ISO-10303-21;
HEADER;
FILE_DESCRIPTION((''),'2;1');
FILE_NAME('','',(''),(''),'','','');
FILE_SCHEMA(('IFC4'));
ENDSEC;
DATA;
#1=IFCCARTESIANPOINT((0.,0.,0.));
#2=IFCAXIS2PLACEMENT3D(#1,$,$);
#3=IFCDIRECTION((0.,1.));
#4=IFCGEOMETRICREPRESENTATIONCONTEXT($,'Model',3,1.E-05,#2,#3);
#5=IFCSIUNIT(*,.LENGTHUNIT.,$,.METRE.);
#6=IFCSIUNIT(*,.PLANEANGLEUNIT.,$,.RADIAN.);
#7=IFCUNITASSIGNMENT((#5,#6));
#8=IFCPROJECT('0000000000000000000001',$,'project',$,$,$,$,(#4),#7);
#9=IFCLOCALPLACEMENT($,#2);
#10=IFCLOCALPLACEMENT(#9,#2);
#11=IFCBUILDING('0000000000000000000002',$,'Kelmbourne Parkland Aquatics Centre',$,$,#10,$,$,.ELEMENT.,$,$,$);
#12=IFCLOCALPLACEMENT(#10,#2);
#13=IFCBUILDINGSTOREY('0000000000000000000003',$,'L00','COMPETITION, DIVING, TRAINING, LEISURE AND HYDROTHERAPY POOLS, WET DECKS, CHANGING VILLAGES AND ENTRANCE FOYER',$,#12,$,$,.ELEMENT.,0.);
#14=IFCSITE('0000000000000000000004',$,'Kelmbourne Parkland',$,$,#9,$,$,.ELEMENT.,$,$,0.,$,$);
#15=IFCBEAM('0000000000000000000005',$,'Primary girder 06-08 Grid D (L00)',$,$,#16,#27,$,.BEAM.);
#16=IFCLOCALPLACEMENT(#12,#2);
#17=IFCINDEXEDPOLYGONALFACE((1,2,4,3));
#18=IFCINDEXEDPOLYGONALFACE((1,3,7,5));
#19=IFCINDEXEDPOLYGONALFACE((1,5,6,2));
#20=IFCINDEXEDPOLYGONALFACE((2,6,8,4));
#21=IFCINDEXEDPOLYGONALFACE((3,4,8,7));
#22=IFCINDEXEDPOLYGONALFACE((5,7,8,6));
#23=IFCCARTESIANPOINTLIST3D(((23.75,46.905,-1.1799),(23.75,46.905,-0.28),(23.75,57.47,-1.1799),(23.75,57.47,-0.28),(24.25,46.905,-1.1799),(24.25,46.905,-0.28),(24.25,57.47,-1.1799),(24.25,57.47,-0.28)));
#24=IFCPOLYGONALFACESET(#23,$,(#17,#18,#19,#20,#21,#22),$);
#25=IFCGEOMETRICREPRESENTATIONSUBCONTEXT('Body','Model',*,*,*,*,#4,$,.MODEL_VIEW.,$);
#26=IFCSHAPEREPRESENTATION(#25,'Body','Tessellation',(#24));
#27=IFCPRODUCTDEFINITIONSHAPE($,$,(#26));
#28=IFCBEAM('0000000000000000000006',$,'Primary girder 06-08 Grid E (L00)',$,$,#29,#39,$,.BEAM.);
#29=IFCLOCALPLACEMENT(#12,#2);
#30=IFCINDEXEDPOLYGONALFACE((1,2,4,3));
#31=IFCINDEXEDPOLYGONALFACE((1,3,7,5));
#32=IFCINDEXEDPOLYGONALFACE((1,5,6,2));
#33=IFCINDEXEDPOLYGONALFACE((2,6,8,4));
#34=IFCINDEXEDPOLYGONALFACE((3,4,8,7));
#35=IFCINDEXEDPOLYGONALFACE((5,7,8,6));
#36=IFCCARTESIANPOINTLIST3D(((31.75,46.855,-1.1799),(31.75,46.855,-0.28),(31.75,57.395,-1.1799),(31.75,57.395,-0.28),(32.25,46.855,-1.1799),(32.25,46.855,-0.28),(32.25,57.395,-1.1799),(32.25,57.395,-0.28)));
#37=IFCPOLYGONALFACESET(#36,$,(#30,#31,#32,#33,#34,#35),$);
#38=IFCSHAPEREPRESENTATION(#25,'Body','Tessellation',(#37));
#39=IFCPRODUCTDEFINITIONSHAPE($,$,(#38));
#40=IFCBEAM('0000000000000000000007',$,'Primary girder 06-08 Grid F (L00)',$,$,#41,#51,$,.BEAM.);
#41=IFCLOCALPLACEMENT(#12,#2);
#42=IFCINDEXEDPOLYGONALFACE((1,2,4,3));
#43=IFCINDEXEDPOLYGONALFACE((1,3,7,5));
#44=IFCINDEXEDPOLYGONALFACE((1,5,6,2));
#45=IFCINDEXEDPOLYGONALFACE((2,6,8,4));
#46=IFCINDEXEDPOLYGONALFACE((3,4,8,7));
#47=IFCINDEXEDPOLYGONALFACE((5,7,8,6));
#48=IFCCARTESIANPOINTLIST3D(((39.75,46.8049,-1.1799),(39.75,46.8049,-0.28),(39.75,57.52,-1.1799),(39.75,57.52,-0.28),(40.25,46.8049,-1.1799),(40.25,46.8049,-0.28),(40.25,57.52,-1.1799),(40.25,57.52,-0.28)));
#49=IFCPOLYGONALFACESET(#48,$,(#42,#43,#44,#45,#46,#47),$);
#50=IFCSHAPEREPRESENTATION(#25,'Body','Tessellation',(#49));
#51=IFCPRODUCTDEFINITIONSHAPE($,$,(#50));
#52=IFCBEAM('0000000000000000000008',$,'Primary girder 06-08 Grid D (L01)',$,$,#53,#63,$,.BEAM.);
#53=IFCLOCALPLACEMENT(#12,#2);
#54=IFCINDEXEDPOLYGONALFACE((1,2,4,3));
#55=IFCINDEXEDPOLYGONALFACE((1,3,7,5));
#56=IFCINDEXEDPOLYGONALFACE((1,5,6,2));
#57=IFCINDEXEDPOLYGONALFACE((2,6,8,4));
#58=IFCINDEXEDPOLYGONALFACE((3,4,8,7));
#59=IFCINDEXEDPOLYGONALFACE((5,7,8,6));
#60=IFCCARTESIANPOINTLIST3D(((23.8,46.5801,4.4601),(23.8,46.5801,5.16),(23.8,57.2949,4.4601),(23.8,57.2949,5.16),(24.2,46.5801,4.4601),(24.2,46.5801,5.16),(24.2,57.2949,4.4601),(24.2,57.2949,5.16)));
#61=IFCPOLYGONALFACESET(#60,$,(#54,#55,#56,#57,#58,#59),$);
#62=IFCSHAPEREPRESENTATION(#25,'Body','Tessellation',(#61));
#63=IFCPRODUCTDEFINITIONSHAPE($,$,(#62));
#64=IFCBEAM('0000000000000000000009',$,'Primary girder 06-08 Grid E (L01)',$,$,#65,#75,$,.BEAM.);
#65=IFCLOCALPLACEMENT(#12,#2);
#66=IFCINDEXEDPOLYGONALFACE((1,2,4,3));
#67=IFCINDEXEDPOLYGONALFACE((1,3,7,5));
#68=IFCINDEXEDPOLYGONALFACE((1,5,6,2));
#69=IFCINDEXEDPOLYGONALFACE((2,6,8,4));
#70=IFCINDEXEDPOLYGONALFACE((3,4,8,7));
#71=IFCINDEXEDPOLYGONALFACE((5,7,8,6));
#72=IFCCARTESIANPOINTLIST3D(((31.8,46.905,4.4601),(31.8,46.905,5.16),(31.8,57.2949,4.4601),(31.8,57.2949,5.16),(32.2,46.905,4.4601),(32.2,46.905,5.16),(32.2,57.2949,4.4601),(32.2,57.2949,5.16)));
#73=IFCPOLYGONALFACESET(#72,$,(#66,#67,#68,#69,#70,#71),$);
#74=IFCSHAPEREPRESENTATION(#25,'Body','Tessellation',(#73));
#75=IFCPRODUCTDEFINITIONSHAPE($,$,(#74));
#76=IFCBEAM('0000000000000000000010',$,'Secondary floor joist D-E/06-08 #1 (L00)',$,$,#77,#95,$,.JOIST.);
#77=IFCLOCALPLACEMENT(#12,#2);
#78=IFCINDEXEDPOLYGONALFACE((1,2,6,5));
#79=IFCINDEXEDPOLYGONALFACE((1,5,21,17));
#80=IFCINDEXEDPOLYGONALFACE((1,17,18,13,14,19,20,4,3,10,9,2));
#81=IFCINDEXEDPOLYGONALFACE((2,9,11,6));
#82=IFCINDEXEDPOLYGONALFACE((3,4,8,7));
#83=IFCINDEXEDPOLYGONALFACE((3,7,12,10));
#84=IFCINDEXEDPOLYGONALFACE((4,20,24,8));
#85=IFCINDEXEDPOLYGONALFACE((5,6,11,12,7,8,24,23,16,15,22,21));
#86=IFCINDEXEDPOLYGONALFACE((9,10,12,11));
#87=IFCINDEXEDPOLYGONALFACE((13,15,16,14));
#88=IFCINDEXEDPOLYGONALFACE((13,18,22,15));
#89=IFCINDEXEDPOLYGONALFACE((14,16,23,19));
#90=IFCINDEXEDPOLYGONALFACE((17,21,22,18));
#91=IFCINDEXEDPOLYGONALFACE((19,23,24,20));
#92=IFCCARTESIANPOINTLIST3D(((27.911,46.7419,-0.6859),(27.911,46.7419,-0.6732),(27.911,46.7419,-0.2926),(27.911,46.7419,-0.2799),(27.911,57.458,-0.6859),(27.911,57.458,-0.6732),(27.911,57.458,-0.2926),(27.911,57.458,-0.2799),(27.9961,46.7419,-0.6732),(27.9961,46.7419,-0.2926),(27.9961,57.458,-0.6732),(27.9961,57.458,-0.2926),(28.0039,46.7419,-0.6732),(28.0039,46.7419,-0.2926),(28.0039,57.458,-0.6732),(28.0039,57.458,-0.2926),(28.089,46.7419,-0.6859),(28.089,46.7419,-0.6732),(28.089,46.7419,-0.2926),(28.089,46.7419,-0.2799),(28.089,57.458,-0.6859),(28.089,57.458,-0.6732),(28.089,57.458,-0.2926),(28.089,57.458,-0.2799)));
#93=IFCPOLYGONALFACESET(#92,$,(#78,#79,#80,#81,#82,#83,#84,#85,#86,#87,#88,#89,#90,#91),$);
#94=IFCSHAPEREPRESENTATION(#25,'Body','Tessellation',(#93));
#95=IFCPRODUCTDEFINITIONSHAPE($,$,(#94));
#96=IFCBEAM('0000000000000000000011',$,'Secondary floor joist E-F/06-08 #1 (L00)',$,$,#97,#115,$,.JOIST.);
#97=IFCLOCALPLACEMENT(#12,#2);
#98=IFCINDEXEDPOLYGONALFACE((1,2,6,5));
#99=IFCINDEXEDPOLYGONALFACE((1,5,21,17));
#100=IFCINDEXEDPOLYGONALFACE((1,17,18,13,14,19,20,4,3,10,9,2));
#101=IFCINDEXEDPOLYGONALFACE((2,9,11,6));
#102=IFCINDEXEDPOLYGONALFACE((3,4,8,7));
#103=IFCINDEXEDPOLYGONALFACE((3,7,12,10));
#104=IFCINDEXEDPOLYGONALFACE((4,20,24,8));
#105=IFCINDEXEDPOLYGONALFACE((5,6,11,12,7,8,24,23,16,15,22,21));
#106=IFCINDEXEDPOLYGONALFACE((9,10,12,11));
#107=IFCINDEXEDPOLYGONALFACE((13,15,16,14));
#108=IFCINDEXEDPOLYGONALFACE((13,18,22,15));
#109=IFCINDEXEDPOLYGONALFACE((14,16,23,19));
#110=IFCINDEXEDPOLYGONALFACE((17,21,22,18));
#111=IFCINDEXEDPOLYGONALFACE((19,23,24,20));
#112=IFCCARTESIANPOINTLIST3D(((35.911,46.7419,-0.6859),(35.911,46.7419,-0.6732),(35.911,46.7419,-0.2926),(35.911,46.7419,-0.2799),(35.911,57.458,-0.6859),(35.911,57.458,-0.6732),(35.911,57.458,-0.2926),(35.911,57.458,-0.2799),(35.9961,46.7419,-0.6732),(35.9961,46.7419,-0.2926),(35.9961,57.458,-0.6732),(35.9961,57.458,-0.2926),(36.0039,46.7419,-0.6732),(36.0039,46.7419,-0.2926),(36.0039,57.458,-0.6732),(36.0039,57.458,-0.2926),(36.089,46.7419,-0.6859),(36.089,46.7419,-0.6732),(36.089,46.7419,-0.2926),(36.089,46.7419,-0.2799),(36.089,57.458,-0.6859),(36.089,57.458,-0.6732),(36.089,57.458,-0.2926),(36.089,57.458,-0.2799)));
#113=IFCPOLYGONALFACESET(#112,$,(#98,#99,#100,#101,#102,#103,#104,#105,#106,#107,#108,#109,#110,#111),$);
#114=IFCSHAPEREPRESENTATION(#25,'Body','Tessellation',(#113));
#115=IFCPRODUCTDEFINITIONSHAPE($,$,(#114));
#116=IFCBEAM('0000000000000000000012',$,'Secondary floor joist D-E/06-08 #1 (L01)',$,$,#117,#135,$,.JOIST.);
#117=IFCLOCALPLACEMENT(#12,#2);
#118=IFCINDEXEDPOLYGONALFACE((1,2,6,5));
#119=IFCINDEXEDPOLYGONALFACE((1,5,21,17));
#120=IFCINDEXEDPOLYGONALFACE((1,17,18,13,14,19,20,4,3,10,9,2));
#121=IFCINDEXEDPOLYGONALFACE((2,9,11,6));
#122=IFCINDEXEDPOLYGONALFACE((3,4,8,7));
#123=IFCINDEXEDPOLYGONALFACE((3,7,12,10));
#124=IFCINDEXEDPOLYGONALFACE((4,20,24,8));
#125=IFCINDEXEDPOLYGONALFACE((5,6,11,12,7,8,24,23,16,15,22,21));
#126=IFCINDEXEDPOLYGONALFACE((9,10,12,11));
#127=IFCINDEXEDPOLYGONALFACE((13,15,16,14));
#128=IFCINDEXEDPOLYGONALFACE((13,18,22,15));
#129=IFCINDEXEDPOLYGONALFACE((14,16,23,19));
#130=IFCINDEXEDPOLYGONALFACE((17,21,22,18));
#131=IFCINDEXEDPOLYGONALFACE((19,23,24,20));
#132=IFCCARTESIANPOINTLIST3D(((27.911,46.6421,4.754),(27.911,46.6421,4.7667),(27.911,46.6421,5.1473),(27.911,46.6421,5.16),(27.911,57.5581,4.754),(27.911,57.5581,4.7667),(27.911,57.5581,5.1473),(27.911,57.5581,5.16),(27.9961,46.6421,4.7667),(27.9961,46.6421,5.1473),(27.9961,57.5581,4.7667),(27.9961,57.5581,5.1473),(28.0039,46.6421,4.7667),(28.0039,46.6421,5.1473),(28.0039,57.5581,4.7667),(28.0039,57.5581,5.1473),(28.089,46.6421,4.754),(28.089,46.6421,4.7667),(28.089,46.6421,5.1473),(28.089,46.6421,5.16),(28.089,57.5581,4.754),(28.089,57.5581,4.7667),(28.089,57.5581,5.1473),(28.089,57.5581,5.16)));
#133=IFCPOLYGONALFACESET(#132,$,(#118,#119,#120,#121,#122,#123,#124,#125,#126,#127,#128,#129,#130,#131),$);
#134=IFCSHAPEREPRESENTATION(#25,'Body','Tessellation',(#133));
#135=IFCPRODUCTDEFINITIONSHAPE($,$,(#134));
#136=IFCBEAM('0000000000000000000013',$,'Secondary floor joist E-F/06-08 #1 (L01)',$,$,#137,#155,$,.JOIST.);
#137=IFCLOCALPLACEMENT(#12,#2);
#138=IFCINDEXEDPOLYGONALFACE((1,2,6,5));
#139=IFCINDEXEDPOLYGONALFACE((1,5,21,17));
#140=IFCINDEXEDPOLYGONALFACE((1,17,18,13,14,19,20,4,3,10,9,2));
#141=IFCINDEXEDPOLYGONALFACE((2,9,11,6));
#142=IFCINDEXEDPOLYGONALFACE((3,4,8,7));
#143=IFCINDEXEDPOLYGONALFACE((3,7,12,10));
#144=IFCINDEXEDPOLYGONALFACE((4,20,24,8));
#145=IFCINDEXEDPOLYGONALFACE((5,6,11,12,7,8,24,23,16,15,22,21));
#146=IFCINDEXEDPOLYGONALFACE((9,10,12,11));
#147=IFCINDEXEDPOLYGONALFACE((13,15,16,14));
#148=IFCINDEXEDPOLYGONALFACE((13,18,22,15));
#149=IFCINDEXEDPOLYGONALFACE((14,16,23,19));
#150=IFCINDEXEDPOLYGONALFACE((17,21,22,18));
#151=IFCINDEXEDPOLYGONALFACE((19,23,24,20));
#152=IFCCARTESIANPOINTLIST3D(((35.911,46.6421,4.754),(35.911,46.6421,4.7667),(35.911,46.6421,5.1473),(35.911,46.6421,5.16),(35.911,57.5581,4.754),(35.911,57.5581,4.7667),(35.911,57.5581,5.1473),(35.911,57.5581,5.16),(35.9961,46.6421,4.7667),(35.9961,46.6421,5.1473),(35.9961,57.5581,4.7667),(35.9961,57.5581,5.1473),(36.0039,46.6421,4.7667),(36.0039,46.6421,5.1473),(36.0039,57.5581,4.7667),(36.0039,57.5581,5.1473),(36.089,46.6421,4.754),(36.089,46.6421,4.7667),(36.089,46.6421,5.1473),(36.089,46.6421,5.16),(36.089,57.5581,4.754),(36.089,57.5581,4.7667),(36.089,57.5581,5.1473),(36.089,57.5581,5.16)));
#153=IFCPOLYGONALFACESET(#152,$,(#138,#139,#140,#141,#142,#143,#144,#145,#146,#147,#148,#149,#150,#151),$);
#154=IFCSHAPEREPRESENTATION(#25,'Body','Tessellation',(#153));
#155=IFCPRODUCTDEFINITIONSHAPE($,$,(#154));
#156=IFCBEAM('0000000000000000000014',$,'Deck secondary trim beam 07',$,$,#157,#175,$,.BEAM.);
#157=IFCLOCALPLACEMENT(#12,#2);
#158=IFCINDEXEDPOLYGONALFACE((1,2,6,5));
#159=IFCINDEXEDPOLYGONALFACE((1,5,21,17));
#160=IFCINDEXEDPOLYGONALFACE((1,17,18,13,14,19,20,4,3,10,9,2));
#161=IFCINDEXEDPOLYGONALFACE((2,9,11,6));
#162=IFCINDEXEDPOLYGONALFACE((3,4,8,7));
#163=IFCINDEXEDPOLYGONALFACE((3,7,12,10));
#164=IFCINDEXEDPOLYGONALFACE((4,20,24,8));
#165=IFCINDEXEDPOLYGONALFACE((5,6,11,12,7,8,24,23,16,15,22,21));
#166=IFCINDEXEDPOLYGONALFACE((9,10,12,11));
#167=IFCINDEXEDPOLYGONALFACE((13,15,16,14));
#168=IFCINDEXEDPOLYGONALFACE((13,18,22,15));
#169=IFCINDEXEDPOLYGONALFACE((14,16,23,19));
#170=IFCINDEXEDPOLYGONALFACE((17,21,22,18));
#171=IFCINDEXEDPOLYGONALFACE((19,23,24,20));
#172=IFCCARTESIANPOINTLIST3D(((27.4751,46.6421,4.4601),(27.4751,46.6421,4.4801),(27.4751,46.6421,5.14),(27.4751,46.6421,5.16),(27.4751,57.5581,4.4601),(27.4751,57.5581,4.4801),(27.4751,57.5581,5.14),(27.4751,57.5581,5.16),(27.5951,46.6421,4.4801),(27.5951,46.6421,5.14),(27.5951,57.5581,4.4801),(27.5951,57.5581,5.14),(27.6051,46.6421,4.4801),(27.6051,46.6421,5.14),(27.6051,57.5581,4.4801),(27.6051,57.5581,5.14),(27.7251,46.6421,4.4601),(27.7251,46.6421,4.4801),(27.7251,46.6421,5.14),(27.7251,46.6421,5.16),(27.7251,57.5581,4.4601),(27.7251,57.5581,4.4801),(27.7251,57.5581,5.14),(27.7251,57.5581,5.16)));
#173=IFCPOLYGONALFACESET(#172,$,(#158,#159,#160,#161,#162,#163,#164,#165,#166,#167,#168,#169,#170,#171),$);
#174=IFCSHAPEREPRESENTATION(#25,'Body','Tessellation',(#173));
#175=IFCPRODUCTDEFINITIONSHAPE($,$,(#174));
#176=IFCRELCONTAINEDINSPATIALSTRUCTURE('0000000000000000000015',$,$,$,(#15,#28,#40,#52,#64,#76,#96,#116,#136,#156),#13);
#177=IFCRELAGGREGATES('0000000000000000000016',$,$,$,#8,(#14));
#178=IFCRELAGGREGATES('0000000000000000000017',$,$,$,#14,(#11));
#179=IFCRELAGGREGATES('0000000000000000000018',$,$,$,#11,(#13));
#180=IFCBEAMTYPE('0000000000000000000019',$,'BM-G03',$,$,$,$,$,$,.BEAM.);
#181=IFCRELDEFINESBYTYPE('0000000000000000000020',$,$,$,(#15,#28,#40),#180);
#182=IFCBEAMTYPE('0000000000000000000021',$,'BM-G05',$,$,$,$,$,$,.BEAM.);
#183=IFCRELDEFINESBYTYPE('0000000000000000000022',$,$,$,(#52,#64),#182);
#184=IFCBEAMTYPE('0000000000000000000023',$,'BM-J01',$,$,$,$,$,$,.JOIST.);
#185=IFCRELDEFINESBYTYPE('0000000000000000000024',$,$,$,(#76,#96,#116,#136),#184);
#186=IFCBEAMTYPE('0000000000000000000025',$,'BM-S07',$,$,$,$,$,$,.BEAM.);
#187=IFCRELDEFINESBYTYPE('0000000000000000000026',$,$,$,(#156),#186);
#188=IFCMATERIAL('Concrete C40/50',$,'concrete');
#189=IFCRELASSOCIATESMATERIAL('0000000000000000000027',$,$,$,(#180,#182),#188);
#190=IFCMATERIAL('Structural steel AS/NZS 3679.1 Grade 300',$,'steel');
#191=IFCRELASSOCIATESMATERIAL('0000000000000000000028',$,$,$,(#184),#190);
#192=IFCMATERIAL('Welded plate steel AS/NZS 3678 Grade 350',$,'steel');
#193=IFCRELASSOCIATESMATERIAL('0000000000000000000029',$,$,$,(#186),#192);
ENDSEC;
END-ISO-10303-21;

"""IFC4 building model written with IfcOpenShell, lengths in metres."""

from ifc_helpers import new_model, si_unit, direction, frame, origin, origin_2d, place, context, subcontext, project, spatial, rectangle, i_section, extrude, material, material_profile, profile_set, type_object, element, save


model = new_model("IFC4")

# Units and contexts
model_context = context("Model", 3, precision=1e-05, world=origin(), true_north=direction((0.0, 1.0)))
body_context = subcontext(model_context, "Body", "Model", "MODEL_VIEW")
ifc_project = project(units=[si_unit("LENGTHUNIT", "METRE"), si_unit("PLANEANGLEUNIT", "RADIAN")], contexts=[model_context])

# Site, building, storey
site_placement = place(None, origin())
site = spatial("IfcSite", under=ifc_project, at=site_placement, Name="Kelmbourne Parkland", CompositionType="ELEMENT", RefElevation=0.0)
building_placement = place(site_placement, origin())
building = spatial("IfcBuilding", under=site, at=building_placement, Name="Kelmbourne Parkland Aquatics Centre", CompositionType="ELEMENT")
storey_placement = place(building_placement, origin())
storey = spatial("IfcBuildingStorey", under=building, at=storey_placement, Name="L00", Description="COMPETITION, DIVING, TRAINING, LEISURE AND HYDROTHERAPY POOLS, WET DECKS, CHANGING VILLAGES AND ENTRANCE FOYER", CompositionType="ELEMENT", Elevation=0.0)

# Beams
ifc_material_1 = material(Name="Concrete C40/50", Category="concrete")
ifc_material_profile_1 = material_profile(ifc_material_1, rectangle(XDim=0.5, YDim=0.8999, at=origin_2d()), Name="RC 500x900")
ifc_profile_set_1 = profile_set([ifc_material_profile_1], Name="Concrete C40/50")
beam_type_1 = type_object("IfcBeamType", Name="BM-G03", PredefinedType="BEAM", material=ifc_profile_set_1)
beam_1_placement = place(storey_placement, frame((24.0, 46.905, -0.73), z_axis=(0.0, 1.0, 0.0), x_axis=(-1.0, 0.0, 0.0)))
element("IfcBeam", 1, at=beam_1_placement, inside=storey, type_object=beam_type_1, Name="Primary girder 06-08 Grid D (L00)", PredefinedType="BEAM", context=body_context, shape_type="SweptSolid", body=[
    extrude(rectangle(XDim=0.5, YDim=0.8999, at=origin_2d()), origin(), (0.0, 0.0, 1.0), 10.5649),
])
beam_2_placement = place(storey_placement, frame((32.0, 46.855, -0.73), z_axis=(0.0, 1.0, 0.0), x_axis=(-1.0, 0.0, 0.0)))
element("IfcBeam", 2, at=beam_2_placement, inside=storey, type_object=beam_type_1, Name="Primary girder 06-08 Grid E (L00)", PredefinedType="BEAM", context=body_context, shape_type="SweptSolid", body=[
    extrude(rectangle(XDim=0.5, YDim=0.8999, at=origin_2d()), origin(), (0.0, 0.0, 1.0), 10.54),
])
beam_3_placement = place(storey_placement, frame((40.0, 46.8049, -0.73), z_axis=(0.0, 1.0, 0.0), x_axis=(-1.0, 0.0, 0.0)))
element("IfcBeam", 3, at=beam_3_placement, inside=storey, type_object=beam_type_1, Name="Primary girder 06-08 Grid F (L00)", PredefinedType="BEAM", context=body_context, shape_type="SweptSolid", body=[
    extrude(rectangle(XDim=0.5, YDim=0.8999, at=origin_2d()), origin(), (0.0, 0.0, 1.0), 10.7151),
])
ifc_material_profile_2 = material_profile(ifc_material_1, rectangle(XDim=0.3999, YDim=0.7, at=origin_2d()), Name="RC 400x700")
ifc_profile_set_2 = profile_set([ifc_material_profile_2], Name="Concrete C40/50")
beam_type_2 = type_object("IfcBeamType", Name="BM-G05", PredefinedType="BEAM", material=ifc_profile_set_2)
beam_4_placement = place(storey_placement, frame((24.0, 46.5801, 4.8101), z_axis=(0.0, 1.0, 0.0), x_axis=(-1.0, 0.0, 0.0)))
element("IfcBeam", 4, at=beam_4_placement, inside=storey, type_object=beam_type_2, Name="Primary girder 06-08 Grid D (L01)", PredefinedType="BEAM", context=body_context, shape_type="SweptSolid", body=[
    extrude(rectangle(XDim=0.3999, YDim=0.7, at=origin_2d()), origin(), (0.0, 0.0, 1.0), 10.7148),
])
beam_5_placement = place(storey_placement, frame((32.0, 46.905, 4.8101), z_axis=(0.0, 1.0, 0.0), x_axis=(-1.0, 0.0, 0.0)))
element("IfcBeam", 5, at=beam_5_placement, inside=storey, type_object=beam_type_2, Name="Primary girder 06-08 Grid E (L01)", PredefinedType="BEAM", context=body_context, shape_type="SweptSolid", body=[
    extrude(rectangle(XDim=0.3999, YDim=0.7, at=origin_2d()), origin(), (0.0, 0.0, 1.0), 10.3899),
])
ifc_material_2 = material(Name="Structural steel AS/NZS 3679.1 Grade 300", Category="steel")
ifc_material_profile_3 = material_profile(ifc_material_2, i_section(OverallWidth=0.178, OverallDepth=0.406, WebThickness=0.0078, FlangeThickness=0.0127, at=origin_2d()), Name="410UB59.7")
ifc_profile_set_3 = profile_set([ifc_material_profile_3], Name="Structural steel AS/NZS 3679.1 Grade 300")
beam_type_3 = type_object("IfcBeamType", Name="BM-J01", PredefinedType="JOIST", material=ifc_profile_set_3)
for number, where, z_axis, x_axis, name in (
    (6, (28.0, 46.7419, -0.4829), (0.0, 1.0, 0.0), (-1.0, 0.0, 0.0), "Secondary floor joist D-E/06-08 #1 (L00)"),
    (7, (36.0, 46.7419, -0.4829), (0.0, 1.0, 0.0), (-1.0, 0.0, 0.0), "Secondary floor joist E-F/06-08 #1 (L00)"),
):
    element("IfcBeam", number, at=place(storey_placement, frame(where, z_axis=z_axis, x_axis=x_axis)), inside=storey, type_object=beam_type_3, Name=name, PredefinedType="JOIST", context=body_context, shape_type="SweptSolid", body=[
        extrude(i_section(OverallWidth=0.178, OverallDepth=0.406, WebThickness=0.0078, FlangeThickness=0.0127, at=origin_2d()), origin(), (0.0, 0.0, 1.0), 10.7161),
    ])
for number, where, z_axis, x_axis, name in (
    (8, (28.0, 46.6421, 4.957), (0.0, 1.0, 0.0), (-1.0, 0.0, 0.0), "Secondary floor joist D-E/06-08 #1 (L01)"),
    (9, (36.0, 46.6421, 4.957), (0.0, 1.0, 0.0), (-1.0, 0.0, 0.0), "Secondary floor joist E-F/06-08 #1 (L01)"),
):
    element("IfcBeam", number, at=place(storey_placement, frame(where, z_axis=z_axis, x_axis=x_axis)), inside=storey, type_object=beam_type_3, Name=name, PredefinedType="JOIST", context=body_context, shape_type="SweptSolid", body=[
        extrude(i_section(OverallWidth=0.178, OverallDepth=0.406, WebThickness=0.0078, FlangeThickness=0.0127, at=origin_2d()), origin(), (0.0, 0.0, 1.0), 10.916),
    ])
ifc_material_3 = material(Name="Welded plate steel AS/NZS 3678 Grade 350", Category="steel")
ifc_material_profile_4 = material_profile(ifc_material_3, i_section(OverallWidth=0.25, OverallDepth=0.7, WebThickness=0.01, FlangeThickness=0.02, at=origin_2d()), Name="700WB130")
ifc_profile_set_4 = profile_set([ifc_material_profile_4], Name="Welded plate steel AS/NZS 3678 Grade 350")
beam_type_4 = type_object("IfcBeamType", Name="BM-S07", PredefinedType="BEAM", material=ifc_profile_set_4)
beam_6_placement = place(storey_placement, frame((27.6001, 46.6421, 4.8101), z_axis=(0.0, 1.0, 0.0), x_axis=(-1.0, 0.0, 0.0)))
element("IfcBeam", 10, at=beam_6_placement, inside=storey, type_object=beam_type_4, Name="Deck secondary trim beam 07", PredefinedType="BEAM", context=body_context, shape_type="SweptSolid", body=[
    extrude(i_section(OverallWidth=0.25, OverallDepth=0.7, WebThickness=0.01, FlangeThickness=0.02, at=origin_2d()), origin(), (0.0, 0.0, 1.0), 10.916),
])

save(model, "model.ifc")
